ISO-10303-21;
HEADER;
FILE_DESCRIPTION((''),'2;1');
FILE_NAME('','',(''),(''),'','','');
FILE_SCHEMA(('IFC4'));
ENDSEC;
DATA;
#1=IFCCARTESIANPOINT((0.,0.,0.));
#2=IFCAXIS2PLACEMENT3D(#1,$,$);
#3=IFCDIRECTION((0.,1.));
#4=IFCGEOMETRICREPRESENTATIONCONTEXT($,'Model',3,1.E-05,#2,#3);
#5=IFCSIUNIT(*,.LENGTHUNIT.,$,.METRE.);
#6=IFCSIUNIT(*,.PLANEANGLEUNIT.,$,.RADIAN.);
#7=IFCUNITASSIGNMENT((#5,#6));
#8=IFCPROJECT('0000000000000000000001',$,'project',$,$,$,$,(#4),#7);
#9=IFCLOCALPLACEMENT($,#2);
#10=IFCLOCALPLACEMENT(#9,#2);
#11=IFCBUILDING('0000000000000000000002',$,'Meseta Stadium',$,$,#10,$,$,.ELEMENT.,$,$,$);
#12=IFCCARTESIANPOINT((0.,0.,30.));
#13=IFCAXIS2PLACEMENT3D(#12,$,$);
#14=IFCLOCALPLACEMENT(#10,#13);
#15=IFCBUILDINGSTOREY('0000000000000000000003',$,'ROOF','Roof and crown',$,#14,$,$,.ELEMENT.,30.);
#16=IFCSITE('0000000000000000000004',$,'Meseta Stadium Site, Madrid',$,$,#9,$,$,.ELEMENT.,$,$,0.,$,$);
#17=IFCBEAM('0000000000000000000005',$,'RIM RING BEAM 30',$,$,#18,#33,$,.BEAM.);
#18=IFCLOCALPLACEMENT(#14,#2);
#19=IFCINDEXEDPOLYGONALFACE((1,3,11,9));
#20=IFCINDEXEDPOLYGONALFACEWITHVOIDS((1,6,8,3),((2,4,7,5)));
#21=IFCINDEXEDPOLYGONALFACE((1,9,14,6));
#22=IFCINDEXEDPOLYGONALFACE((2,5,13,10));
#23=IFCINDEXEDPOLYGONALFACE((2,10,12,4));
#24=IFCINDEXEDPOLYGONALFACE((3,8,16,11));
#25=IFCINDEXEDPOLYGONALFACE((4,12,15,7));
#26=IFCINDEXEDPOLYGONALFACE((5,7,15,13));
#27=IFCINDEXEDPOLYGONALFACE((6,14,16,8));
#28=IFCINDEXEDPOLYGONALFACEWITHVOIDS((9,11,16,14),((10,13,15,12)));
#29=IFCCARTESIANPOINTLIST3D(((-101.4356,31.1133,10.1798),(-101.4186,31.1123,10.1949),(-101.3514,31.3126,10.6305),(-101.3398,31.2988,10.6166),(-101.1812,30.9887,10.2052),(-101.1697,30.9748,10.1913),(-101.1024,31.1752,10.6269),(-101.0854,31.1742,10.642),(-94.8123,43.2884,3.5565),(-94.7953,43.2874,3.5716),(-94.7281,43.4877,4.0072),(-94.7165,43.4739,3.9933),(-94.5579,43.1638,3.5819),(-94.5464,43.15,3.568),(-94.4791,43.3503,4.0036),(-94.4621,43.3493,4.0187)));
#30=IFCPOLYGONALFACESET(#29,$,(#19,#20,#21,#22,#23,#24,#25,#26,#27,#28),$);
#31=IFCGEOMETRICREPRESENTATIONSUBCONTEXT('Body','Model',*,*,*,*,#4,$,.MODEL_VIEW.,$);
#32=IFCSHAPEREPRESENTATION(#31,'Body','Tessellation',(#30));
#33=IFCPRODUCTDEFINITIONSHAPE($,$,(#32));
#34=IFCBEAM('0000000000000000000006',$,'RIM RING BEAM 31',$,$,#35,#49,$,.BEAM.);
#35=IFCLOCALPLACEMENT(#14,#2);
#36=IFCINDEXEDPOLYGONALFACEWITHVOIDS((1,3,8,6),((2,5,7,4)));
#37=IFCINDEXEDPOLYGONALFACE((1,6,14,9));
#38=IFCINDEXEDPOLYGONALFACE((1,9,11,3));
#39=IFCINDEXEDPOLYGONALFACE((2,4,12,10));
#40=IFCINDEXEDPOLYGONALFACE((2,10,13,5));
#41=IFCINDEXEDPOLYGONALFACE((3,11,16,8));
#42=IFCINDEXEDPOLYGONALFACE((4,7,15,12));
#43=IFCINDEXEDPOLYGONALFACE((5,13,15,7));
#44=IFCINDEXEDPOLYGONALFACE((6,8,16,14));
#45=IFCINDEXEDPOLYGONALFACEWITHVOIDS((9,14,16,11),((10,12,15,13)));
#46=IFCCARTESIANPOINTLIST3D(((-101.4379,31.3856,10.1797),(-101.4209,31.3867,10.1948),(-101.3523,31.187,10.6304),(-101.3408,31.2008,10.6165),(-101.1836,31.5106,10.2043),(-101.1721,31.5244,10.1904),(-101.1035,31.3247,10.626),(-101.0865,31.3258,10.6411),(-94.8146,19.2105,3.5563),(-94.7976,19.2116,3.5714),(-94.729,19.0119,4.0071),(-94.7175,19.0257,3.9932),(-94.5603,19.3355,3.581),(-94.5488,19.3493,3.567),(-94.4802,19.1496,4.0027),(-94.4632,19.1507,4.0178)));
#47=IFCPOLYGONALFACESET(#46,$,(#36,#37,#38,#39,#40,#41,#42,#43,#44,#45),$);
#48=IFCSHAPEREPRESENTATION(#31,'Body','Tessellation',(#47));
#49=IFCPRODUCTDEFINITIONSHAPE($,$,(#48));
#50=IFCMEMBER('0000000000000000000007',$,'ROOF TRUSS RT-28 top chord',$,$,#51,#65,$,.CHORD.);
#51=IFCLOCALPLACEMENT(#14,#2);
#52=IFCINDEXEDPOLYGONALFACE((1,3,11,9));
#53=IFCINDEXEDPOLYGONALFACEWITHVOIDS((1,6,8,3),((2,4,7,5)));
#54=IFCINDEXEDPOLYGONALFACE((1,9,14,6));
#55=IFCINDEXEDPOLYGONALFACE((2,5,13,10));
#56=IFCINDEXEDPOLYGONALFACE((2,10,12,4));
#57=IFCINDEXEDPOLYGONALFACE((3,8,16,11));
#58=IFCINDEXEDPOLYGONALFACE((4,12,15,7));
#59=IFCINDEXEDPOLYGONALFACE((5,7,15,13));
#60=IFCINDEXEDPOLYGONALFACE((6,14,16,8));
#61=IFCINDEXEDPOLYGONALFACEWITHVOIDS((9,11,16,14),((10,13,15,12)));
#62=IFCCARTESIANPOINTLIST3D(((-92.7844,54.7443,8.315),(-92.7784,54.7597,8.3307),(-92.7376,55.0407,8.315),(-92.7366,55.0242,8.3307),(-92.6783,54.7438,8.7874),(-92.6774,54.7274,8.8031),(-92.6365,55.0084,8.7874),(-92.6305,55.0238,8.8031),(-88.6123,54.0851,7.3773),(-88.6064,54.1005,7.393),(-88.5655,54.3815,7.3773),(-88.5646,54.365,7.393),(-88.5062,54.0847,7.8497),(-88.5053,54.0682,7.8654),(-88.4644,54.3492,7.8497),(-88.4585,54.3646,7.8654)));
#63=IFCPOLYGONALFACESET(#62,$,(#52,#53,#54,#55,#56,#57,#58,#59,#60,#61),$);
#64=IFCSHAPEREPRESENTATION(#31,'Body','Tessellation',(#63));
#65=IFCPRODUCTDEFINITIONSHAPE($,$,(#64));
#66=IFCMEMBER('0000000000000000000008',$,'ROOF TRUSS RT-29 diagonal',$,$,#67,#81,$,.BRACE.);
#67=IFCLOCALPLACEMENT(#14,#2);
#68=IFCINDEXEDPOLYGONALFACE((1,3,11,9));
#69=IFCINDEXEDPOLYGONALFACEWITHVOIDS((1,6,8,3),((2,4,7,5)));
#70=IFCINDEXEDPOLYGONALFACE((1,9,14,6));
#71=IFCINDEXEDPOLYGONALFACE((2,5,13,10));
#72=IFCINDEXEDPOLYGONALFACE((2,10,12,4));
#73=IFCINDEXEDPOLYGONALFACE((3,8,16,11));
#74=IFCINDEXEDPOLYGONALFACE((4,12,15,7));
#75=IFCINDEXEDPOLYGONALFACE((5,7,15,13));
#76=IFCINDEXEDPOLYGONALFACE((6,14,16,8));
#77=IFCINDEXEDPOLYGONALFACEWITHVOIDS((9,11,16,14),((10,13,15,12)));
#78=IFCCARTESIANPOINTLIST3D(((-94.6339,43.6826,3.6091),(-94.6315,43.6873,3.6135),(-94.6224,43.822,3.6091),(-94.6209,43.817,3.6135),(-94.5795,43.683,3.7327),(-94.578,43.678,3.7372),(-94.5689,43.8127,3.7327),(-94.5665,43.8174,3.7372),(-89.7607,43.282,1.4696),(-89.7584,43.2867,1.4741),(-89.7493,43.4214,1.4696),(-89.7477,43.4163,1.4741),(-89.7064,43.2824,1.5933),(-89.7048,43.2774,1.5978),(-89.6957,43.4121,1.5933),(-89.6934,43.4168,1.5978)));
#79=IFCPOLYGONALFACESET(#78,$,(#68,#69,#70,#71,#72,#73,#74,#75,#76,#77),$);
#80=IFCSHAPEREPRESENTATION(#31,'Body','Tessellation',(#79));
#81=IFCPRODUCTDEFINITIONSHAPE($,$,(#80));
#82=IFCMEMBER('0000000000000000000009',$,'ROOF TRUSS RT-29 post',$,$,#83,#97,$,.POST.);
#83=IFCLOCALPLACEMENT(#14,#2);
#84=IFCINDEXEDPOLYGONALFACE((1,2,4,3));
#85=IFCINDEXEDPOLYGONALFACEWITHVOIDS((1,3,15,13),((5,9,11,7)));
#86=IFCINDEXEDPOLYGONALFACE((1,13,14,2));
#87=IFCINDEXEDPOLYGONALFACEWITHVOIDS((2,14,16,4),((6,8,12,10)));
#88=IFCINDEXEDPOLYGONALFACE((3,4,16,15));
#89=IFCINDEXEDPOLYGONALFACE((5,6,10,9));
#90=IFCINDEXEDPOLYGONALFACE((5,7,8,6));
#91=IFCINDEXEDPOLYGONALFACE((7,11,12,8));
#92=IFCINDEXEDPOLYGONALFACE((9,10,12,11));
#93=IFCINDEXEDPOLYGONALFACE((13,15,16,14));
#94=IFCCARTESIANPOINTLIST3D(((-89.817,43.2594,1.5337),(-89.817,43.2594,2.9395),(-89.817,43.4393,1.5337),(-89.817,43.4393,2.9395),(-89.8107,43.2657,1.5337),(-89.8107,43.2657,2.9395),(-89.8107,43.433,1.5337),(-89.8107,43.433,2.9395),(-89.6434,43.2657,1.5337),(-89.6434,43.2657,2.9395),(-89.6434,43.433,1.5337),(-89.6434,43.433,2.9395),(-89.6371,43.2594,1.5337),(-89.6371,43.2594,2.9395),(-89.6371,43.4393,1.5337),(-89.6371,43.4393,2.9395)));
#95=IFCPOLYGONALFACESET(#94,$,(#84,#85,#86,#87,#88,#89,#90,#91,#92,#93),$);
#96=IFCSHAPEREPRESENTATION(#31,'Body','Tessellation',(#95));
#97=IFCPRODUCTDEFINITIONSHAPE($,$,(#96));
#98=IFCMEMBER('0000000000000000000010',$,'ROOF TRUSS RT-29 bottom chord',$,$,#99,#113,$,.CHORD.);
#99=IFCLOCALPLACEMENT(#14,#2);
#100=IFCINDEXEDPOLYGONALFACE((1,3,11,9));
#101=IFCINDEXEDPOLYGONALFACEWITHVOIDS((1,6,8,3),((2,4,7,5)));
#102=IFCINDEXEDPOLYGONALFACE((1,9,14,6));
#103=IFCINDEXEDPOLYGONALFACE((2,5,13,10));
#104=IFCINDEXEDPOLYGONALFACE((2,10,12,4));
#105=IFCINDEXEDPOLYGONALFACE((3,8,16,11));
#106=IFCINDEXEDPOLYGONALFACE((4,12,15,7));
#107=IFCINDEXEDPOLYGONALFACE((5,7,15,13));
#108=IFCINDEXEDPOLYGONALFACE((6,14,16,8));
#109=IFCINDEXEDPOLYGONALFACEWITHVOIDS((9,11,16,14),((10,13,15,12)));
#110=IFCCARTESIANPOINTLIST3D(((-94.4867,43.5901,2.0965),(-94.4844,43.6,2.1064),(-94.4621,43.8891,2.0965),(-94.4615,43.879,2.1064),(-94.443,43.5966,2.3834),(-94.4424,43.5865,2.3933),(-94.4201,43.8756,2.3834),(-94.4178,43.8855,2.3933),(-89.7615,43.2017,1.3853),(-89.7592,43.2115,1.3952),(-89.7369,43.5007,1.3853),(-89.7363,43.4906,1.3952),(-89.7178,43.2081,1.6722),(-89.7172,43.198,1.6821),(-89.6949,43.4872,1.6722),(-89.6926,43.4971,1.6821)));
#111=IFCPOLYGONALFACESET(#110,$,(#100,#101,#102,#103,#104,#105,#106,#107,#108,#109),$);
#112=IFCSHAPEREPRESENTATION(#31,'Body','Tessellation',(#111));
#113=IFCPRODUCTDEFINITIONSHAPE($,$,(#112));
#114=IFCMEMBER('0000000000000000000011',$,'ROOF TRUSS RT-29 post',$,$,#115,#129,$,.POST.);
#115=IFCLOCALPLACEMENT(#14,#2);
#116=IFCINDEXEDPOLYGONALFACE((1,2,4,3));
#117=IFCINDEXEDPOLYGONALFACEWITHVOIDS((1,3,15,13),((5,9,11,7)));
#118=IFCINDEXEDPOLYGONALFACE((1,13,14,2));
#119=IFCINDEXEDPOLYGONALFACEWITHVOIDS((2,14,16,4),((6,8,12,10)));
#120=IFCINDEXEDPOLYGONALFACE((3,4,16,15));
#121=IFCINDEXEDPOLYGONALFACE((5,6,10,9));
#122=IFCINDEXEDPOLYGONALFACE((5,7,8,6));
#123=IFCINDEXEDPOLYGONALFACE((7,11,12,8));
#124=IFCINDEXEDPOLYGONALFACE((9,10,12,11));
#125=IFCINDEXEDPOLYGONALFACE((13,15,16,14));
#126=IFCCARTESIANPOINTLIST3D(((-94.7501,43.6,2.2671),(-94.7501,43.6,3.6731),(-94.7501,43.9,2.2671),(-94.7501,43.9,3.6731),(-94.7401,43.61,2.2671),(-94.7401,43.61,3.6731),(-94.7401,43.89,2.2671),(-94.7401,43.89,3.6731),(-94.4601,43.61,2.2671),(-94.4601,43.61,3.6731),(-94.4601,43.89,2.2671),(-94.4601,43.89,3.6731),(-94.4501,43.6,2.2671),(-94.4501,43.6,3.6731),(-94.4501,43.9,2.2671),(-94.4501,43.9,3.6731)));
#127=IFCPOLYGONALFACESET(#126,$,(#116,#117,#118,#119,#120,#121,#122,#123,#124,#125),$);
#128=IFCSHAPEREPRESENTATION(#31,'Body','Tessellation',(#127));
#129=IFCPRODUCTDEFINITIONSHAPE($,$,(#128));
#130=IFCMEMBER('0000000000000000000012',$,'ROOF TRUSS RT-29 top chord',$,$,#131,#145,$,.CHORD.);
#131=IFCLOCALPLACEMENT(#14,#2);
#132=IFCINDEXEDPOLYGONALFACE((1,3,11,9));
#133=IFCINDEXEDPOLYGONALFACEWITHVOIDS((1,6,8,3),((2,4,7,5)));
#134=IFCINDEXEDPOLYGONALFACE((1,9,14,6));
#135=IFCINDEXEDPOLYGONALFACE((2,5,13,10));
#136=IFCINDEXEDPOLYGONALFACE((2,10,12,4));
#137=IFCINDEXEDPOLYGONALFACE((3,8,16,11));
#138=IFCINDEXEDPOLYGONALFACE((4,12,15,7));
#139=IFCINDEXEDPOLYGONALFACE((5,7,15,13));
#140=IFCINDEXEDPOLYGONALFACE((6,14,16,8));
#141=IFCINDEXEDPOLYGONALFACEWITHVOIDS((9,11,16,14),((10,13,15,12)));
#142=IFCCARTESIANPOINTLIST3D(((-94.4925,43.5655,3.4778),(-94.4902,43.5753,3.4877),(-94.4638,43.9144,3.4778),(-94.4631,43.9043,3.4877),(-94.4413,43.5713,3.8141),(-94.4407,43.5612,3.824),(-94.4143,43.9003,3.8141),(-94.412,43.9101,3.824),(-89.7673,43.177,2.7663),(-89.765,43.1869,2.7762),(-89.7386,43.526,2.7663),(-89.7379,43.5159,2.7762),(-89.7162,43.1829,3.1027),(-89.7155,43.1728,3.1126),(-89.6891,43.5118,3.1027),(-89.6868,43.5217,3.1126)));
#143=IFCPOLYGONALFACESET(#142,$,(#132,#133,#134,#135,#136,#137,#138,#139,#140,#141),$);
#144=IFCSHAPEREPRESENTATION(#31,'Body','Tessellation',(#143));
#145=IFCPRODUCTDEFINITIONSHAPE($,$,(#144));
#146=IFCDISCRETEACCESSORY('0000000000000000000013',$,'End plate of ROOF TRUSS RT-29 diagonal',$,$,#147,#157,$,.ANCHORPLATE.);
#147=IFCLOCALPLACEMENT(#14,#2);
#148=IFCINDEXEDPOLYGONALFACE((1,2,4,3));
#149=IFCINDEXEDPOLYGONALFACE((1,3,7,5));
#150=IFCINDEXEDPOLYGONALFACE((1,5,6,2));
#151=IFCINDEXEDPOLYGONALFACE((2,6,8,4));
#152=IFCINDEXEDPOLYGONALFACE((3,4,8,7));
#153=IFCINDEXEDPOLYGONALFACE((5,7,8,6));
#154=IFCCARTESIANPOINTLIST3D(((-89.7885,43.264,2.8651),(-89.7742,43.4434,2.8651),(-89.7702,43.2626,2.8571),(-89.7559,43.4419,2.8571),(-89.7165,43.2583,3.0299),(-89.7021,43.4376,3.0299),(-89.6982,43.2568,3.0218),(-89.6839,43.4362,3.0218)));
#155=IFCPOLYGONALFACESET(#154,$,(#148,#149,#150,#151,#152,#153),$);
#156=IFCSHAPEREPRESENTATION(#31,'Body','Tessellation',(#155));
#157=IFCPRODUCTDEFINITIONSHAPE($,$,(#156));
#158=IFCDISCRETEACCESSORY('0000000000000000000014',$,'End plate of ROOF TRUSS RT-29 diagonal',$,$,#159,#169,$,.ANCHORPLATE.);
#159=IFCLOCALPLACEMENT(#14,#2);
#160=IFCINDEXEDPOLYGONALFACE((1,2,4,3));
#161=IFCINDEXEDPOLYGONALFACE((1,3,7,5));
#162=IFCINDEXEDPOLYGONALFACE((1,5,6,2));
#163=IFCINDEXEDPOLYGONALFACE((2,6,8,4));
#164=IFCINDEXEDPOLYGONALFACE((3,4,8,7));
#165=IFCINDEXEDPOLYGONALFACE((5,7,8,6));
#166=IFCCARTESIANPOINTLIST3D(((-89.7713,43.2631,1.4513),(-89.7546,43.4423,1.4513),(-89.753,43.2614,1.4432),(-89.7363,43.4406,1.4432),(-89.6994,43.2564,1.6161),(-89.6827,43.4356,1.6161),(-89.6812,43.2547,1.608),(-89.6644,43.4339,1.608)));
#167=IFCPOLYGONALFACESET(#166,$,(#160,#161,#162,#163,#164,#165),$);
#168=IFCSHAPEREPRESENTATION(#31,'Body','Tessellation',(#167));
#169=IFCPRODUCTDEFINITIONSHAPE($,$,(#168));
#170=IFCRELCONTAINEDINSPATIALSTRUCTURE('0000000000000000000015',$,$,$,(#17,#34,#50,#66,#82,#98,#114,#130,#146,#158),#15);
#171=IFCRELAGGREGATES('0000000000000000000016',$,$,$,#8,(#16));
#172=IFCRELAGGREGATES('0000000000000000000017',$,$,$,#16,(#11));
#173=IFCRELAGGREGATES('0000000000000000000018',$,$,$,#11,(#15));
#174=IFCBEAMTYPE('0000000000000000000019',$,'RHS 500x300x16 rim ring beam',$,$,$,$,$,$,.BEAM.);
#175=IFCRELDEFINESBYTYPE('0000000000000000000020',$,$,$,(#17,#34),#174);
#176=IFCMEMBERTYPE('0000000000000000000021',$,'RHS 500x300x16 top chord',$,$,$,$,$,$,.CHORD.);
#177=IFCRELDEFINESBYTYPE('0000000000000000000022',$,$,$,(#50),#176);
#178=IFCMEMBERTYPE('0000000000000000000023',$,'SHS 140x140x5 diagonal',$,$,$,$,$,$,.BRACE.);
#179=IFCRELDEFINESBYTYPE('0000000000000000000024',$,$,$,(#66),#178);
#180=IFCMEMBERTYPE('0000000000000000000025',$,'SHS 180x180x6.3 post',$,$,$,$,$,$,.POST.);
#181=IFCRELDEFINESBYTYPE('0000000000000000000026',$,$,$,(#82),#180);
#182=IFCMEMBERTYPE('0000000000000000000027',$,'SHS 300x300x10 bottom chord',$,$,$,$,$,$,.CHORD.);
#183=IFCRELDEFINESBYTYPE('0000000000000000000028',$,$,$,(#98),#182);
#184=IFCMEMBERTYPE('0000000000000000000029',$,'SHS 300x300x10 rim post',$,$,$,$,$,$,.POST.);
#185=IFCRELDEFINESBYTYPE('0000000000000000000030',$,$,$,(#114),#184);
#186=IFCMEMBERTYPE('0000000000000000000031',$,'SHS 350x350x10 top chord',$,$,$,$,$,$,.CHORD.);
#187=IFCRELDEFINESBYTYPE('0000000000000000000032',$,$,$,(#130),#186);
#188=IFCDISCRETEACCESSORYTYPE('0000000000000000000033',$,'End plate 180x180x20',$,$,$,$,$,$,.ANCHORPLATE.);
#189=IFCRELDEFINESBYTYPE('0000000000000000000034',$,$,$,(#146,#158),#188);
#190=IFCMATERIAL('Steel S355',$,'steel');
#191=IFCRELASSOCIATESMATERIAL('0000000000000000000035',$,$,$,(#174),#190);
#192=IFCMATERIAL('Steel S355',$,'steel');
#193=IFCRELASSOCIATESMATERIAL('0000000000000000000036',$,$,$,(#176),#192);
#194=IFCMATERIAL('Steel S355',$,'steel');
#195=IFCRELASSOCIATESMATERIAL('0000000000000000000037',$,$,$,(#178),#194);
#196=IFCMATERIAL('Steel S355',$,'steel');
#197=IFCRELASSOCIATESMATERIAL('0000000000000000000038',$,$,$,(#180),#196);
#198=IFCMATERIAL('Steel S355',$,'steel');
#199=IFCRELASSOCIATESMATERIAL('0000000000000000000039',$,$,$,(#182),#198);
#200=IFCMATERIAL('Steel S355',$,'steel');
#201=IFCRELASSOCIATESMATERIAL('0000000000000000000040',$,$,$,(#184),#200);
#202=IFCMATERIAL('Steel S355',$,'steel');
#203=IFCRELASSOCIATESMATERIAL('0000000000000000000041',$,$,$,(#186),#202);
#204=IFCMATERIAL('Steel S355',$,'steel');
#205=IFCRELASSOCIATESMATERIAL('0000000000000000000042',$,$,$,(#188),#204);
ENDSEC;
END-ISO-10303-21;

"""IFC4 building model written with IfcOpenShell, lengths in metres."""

from ifc_helpers import new_model, si_unit, direction, frame, origin, origin_2d, place, context, subcontext, project, spatial, rectangle, hollow_rectangle, extrude, material, material_profile, profile_set, type_object, element, save


model = new_model("IFC4")

# Units and contexts
model_context = context("Model", 3, precision=1e-05, world=origin(), true_north=direction((0.0, 1.0)))
body_context = subcontext(model_context, "Body", "Model", "MODEL_VIEW")
ifc_project = project(units=[si_unit("LENGTHUNIT", "METRE"), si_unit("PLANEANGLEUNIT", "RADIAN")], contexts=[model_context])

# Site, building, storey
site_placement = place(None, origin())
site = spatial("IfcSite", under=ifc_project, at=site_placement, Name="Meseta Stadium Site, Madrid", CompositionType="ELEMENT", RefElevation=0.0)
building_placement = place(site_placement, origin())
building = spatial("IfcBuilding", under=site, at=building_placement, Name="Meseta Stadium", CompositionType="ELEMENT")
storey_placement = place(building_placement, frame((0.0, 0.0, 30.0)))
storey = spatial("IfcBuildingStorey", under=building, at=storey_placement, Name="ROOF", Description="Roof and crown", CompositionType="ELEMENT", Elevation=30.0)

# Beams
ifc_material_1 = material(Name="Steel S355", Category="steel")
ifc_material_profile_1 = material_profile(ifc_material_1, hollow_rectangle(XDim=0.3, YDim=0.5, WallThickness=0.0161, at=origin_2d()), Name="RHS 500x300x16")
ifc_profile_set_1 = profile_set([ifc_material_profile_1], Name="Steel S355")
beam_type = type_object("IfcBeamType", Name="RHS 500x300x16 rim ring beam", PredefinedType="BEAM", material=ifc_profile_set_1)
for number, where, z_axis, x_axis, name in (
    (1, (-94.6372, 43.3188, 3.7876), (-0.431169, -0.792582, 0.431169), (0.886398, -0.461331, 0.038371), "RIM RING BEAM 30"),
    (2, (-101.2622, 31.3557, 10.4104), (0.431169, -0.792582, -0.431169), (0.885878, 0.462549, 0.035613), "RIM RING BEAM 31"),
):
    element("IfcBeam", number, at=place(storey_placement, frame(where, z_axis=z_axis, x_axis=x_axis)), inside=storey, type_object=beam_type, Name=name, PredefinedType="BEAM", context=body_context, shape_type="SweptSolid", body=[
        extrude(hollow_rectangle(XDim=0.3, YDim=0.5, WallThickness=0.0161, at=origin_2d()), origin(), (0.0, 0.0, 1.0), 15.3613),
    ])

# Members
ifc_material_2 = material(Name="Steel S355", Category="steel")
ifc_material_profile_2 = material_profile(ifc_material_2, hollow_rectangle(XDim=0.3, YDim=0.5, WallThickness=0.0161, at=origin_2d()), Name="RHS 500x300x16")
ifc_profile_set_2 = profile_set([ifc_material_profile_2], Name="Steel S355")
member_type_1 = type_object("IfcMemberType", Name="RHS 500x300x16 top chord", PredefinedType="CHORD", material=ifc_profile_set_2)
member_1_placement = place(storey_placement, frame((-88.5354, 54.2249, 7.6213), z_axis=(-0.96427, 0.152351, 0.216734), x_axis=(-0.156061, -0.987747, 0.0)))
element("IfcMember", 3, at=member_1_placement, inside=storey, type_object=member_type_1, Name="ROOF TRUSS RT-28 top chord", PredefinedType="CHORD", context=body_context, shape_type="SweptSolid", body=[
    extrude(hollow_rectangle(XDim=0.3, YDim=0.5, WallThickness=0.0161, at=origin_2d()), origin(), (0.0, 0.0, 1.0), 4.3267),
])
ifc_material_3 = material(Name="Steel S355", Category="steel")
ifc_material_profile_3 = material_profile(ifc_material_3, hollow_rectangle(XDim=0.1399, YDim=0.1399, WallThickness=0.0049, at=origin_2d()), Name="SHS 140x140x5")
ifc_profile_set_3 = profile_set([ifc_material_profile_3], Name="Steel S355")
member_type_2 = type_object("IfcMemberType", Name="SHS 140x140x5 diagonal", PredefinedType="BRACE", material=ifc_profile_set_3)
member_2_placement = place(storey_placement, frame((-89.7271, 43.3494, 1.5337), z_axis=(-0.913059, 0.075067, 0.400859), x_axis=(-0.081938, -0.996637, 0.0)))
element("IfcMember", 4, at=member_2_placement, inside=storey, type_object=member_type_2, Name="ROOF TRUSS RT-29 diagonal", PredefinedType="BRACE", context=body_context, shape_type="SweptSolid", body=[
    extrude(hollow_rectangle(XDim=0.1399, YDim=0.1399, WallThickness=0.0049, at=origin_2d()), origin(), (0.0, 0.0, 1.0), 5.3372),
])
ifc_material_4 = material(Name="Steel S355", Category="steel")
ifc_material_profile_4 = material_profile(ifc_material_4, hollow_rectangle(XDim=0.1799, YDim=0.1799, WallThickness=0.0063, at=origin_2d()), Name="SHS 180x180x6.3")
ifc_profile_set_4 = profile_set([ifc_material_profile_4], Name="Steel S355")
member_type_3 = type_object("IfcMemberType", Name="SHS 180x180x6.3 post", PredefinedType="POST", material=ifc_profile_set_4)
member_3_placement = place(storey_placement, frame((-89.7271, 43.3494, 1.5337), z_axis=(0.0, 0.0, 1.0), x_axis=(1.0, 0.0, 0.0)))
element("IfcMember", 5, at=member_3_placement, inside=storey, type_object=member_type_3, Name="ROOF TRUSS RT-29 post", PredefinedType="POST", context=body_context, shape_type="SweptSolid", body=[
    extrude(hollow_rectangle(XDim=0.1799, YDim=0.1799, WallThickness=0.0063, at=origin_2d()), origin(), (0.0, 0.0, 1.0), 1.4058),
])
ifc_material_5 = material(Name="Steel S355", Category="steel")
ifc_material_profile_5 = material_profile(ifc_material_5, hollow_rectangle(XDim=0.3, YDim=0.3, WallThickness=0.01, at=origin_2d()), Name="SHS 300x300x10")
ifc_profile_set_5 = profile_set([ifc_material_profile_5], Name="Steel S355")
member_type_4 = type_object("IfcMemberType", Name="SHS 300x300x10 bottom chord", PredefinedType="CHORD", material=ifc_profile_set_5)
member_4_placement = place(storey_placement, frame((-89.7271, 43.3494, 1.5337), z_axis=(-0.985611, 0.081022, 0.148346), x_axis=(-0.081929, -0.996638, 0.0)))
element("IfcMember", 6, at=member_4_placement, inside=storey, type_object=member_type_4, Name="ROOF TRUSS RT-29 bottom chord", PredefinedType="CHORD", context=body_context, shape_type="SweptSolid", body=[
    extrude(hollow_rectangle(XDim=0.3, YDim=0.3, WallThickness=0.01, at=origin_2d()), origin(), (0.0, 0.0, 1.0), 4.7942),
])
ifc_material_6 = material(Name="Steel S355", Category="steel")
ifc_material_profile_6 = material_profile(ifc_material_6, hollow_rectangle(XDim=0.3, YDim=0.3, WallThickness=0.01, at=origin_2d()), Name="SHS 300x300x10")
ifc_profile_set_6 = profile_set([ifc_material_profile_6], Name="Steel S355")
member_type_5 = type_object("IfcMemberType", Name="SHS 300x300x10 rim post", PredefinedType="POST", material=ifc_profile_set_6)
member_5_placement = place(storey_placement, frame((-94.6001, 43.75, 2.2671), z_axis=(0.0, 0.0, 1.0), x_axis=(1.0, 0.0, 0.0)))
element("IfcMember", 7, at=member_5_placement, inside=storey, type_object=member_type_5, Name="ROOF TRUSS RT-29 post", PredefinedType="POST", context=body_context, shape_type="SweptSolid", body=[
    extrude(hollow_rectangle(XDim=0.3, YDim=0.3, WallThickness=0.01, at=origin_2d()), origin(), (0.0, 0.0, 1.0), 1.406),
])
ifc_material_7 = material(Name="Steel S355", Category="steel")
ifc_material_profile_7 = material_profile(ifc_material_7, hollow_rectangle(XDim=0.3501, YDim=0.3501, WallThickness=0.01, at=origin_2d()), Name="SHS 350x350x10")
ifc_profile_set_7 = profile_set([ifc_material_profile_7], Name="Steel S355")
member_type_6 = type_object("IfcMemberType", Name="SHS 350x350x10 top chord", PredefinedType="CHORD", material=ifc_profile_set_7)
member_6_placement = place(storey_placement, frame((-89.7271, 43.3494, 2.9395), z_axis=(-0.985603, 0.081022, 0.148396), x_axis=(-0.081929, -0.996638, 0.0)))
element("IfcMember", 8, at=member_6_placement, inside=storey, type_object=member_type_6, Name="ROOF TRUSS RT-29 top chord", PredefinedType="CHORD", context=body_context, shape_type="SweptSolid", body=[
    extrude(hollow_rectangle(XDim=0.3501, YDim=0.3501, WallThickness=0.01, at=origin_2d()), origin(), (0.0, 0.0, 1.0), 4.7942),
])

# Discrete accessories
ifc_material_8 = material(Name="Steel S355", Category="steel")
ifc_material_profile_8 = material_profile(ifc_material_8, rectangle(XDim=0.1799, YDim=0.1799, at=origin_2d()), Name="PL 180x180")
ifc_profile_set_8 = profile_set([ifc_material_profile_8], Name="Steel S355")
discrete_accessory_type_1 = type_object("IfcDiscreteAccessoryType", Name="End plate 180x180x20", PredefinedType="ANCHORPLATE", material=ifc_profile_set_8)
for number, where, z_axis, x_axis, name in (
    (9, (-89.7271, 43.3494, 2.9395), (-0.912871, 0.07303, 0.401663), (-0.079745, -0.996815, 0.0), "End plate of ROOF TRUSS RT-29 diagonal"),
    (10, (-89.7087, 43.3477, 1.5256), (-0.911993, 0.085119, 0.401277), (-0.092929, -0.995673, 0.0), "End plate of ROOF TRUSS RT-29 diagonal"),
):
    element("IfcDiscreteAccessory", number, at=place(storey_placement, frame(where, z_axis=z_axis, x_axis=x_axis)), inside=storey, type_object=discrete_accessory_type_1, Name=name, PredefinedType="ANCHORPLATE", context=body_context, shape_type="SweptSolid", body=[
        extrude(rectangle(XDim=0.1799, YDim=0.1799, at=origin_2d()), origin(), (0.0, 0.0, 1.0), 0.02),
    ])

save(model, "model.ifc")
